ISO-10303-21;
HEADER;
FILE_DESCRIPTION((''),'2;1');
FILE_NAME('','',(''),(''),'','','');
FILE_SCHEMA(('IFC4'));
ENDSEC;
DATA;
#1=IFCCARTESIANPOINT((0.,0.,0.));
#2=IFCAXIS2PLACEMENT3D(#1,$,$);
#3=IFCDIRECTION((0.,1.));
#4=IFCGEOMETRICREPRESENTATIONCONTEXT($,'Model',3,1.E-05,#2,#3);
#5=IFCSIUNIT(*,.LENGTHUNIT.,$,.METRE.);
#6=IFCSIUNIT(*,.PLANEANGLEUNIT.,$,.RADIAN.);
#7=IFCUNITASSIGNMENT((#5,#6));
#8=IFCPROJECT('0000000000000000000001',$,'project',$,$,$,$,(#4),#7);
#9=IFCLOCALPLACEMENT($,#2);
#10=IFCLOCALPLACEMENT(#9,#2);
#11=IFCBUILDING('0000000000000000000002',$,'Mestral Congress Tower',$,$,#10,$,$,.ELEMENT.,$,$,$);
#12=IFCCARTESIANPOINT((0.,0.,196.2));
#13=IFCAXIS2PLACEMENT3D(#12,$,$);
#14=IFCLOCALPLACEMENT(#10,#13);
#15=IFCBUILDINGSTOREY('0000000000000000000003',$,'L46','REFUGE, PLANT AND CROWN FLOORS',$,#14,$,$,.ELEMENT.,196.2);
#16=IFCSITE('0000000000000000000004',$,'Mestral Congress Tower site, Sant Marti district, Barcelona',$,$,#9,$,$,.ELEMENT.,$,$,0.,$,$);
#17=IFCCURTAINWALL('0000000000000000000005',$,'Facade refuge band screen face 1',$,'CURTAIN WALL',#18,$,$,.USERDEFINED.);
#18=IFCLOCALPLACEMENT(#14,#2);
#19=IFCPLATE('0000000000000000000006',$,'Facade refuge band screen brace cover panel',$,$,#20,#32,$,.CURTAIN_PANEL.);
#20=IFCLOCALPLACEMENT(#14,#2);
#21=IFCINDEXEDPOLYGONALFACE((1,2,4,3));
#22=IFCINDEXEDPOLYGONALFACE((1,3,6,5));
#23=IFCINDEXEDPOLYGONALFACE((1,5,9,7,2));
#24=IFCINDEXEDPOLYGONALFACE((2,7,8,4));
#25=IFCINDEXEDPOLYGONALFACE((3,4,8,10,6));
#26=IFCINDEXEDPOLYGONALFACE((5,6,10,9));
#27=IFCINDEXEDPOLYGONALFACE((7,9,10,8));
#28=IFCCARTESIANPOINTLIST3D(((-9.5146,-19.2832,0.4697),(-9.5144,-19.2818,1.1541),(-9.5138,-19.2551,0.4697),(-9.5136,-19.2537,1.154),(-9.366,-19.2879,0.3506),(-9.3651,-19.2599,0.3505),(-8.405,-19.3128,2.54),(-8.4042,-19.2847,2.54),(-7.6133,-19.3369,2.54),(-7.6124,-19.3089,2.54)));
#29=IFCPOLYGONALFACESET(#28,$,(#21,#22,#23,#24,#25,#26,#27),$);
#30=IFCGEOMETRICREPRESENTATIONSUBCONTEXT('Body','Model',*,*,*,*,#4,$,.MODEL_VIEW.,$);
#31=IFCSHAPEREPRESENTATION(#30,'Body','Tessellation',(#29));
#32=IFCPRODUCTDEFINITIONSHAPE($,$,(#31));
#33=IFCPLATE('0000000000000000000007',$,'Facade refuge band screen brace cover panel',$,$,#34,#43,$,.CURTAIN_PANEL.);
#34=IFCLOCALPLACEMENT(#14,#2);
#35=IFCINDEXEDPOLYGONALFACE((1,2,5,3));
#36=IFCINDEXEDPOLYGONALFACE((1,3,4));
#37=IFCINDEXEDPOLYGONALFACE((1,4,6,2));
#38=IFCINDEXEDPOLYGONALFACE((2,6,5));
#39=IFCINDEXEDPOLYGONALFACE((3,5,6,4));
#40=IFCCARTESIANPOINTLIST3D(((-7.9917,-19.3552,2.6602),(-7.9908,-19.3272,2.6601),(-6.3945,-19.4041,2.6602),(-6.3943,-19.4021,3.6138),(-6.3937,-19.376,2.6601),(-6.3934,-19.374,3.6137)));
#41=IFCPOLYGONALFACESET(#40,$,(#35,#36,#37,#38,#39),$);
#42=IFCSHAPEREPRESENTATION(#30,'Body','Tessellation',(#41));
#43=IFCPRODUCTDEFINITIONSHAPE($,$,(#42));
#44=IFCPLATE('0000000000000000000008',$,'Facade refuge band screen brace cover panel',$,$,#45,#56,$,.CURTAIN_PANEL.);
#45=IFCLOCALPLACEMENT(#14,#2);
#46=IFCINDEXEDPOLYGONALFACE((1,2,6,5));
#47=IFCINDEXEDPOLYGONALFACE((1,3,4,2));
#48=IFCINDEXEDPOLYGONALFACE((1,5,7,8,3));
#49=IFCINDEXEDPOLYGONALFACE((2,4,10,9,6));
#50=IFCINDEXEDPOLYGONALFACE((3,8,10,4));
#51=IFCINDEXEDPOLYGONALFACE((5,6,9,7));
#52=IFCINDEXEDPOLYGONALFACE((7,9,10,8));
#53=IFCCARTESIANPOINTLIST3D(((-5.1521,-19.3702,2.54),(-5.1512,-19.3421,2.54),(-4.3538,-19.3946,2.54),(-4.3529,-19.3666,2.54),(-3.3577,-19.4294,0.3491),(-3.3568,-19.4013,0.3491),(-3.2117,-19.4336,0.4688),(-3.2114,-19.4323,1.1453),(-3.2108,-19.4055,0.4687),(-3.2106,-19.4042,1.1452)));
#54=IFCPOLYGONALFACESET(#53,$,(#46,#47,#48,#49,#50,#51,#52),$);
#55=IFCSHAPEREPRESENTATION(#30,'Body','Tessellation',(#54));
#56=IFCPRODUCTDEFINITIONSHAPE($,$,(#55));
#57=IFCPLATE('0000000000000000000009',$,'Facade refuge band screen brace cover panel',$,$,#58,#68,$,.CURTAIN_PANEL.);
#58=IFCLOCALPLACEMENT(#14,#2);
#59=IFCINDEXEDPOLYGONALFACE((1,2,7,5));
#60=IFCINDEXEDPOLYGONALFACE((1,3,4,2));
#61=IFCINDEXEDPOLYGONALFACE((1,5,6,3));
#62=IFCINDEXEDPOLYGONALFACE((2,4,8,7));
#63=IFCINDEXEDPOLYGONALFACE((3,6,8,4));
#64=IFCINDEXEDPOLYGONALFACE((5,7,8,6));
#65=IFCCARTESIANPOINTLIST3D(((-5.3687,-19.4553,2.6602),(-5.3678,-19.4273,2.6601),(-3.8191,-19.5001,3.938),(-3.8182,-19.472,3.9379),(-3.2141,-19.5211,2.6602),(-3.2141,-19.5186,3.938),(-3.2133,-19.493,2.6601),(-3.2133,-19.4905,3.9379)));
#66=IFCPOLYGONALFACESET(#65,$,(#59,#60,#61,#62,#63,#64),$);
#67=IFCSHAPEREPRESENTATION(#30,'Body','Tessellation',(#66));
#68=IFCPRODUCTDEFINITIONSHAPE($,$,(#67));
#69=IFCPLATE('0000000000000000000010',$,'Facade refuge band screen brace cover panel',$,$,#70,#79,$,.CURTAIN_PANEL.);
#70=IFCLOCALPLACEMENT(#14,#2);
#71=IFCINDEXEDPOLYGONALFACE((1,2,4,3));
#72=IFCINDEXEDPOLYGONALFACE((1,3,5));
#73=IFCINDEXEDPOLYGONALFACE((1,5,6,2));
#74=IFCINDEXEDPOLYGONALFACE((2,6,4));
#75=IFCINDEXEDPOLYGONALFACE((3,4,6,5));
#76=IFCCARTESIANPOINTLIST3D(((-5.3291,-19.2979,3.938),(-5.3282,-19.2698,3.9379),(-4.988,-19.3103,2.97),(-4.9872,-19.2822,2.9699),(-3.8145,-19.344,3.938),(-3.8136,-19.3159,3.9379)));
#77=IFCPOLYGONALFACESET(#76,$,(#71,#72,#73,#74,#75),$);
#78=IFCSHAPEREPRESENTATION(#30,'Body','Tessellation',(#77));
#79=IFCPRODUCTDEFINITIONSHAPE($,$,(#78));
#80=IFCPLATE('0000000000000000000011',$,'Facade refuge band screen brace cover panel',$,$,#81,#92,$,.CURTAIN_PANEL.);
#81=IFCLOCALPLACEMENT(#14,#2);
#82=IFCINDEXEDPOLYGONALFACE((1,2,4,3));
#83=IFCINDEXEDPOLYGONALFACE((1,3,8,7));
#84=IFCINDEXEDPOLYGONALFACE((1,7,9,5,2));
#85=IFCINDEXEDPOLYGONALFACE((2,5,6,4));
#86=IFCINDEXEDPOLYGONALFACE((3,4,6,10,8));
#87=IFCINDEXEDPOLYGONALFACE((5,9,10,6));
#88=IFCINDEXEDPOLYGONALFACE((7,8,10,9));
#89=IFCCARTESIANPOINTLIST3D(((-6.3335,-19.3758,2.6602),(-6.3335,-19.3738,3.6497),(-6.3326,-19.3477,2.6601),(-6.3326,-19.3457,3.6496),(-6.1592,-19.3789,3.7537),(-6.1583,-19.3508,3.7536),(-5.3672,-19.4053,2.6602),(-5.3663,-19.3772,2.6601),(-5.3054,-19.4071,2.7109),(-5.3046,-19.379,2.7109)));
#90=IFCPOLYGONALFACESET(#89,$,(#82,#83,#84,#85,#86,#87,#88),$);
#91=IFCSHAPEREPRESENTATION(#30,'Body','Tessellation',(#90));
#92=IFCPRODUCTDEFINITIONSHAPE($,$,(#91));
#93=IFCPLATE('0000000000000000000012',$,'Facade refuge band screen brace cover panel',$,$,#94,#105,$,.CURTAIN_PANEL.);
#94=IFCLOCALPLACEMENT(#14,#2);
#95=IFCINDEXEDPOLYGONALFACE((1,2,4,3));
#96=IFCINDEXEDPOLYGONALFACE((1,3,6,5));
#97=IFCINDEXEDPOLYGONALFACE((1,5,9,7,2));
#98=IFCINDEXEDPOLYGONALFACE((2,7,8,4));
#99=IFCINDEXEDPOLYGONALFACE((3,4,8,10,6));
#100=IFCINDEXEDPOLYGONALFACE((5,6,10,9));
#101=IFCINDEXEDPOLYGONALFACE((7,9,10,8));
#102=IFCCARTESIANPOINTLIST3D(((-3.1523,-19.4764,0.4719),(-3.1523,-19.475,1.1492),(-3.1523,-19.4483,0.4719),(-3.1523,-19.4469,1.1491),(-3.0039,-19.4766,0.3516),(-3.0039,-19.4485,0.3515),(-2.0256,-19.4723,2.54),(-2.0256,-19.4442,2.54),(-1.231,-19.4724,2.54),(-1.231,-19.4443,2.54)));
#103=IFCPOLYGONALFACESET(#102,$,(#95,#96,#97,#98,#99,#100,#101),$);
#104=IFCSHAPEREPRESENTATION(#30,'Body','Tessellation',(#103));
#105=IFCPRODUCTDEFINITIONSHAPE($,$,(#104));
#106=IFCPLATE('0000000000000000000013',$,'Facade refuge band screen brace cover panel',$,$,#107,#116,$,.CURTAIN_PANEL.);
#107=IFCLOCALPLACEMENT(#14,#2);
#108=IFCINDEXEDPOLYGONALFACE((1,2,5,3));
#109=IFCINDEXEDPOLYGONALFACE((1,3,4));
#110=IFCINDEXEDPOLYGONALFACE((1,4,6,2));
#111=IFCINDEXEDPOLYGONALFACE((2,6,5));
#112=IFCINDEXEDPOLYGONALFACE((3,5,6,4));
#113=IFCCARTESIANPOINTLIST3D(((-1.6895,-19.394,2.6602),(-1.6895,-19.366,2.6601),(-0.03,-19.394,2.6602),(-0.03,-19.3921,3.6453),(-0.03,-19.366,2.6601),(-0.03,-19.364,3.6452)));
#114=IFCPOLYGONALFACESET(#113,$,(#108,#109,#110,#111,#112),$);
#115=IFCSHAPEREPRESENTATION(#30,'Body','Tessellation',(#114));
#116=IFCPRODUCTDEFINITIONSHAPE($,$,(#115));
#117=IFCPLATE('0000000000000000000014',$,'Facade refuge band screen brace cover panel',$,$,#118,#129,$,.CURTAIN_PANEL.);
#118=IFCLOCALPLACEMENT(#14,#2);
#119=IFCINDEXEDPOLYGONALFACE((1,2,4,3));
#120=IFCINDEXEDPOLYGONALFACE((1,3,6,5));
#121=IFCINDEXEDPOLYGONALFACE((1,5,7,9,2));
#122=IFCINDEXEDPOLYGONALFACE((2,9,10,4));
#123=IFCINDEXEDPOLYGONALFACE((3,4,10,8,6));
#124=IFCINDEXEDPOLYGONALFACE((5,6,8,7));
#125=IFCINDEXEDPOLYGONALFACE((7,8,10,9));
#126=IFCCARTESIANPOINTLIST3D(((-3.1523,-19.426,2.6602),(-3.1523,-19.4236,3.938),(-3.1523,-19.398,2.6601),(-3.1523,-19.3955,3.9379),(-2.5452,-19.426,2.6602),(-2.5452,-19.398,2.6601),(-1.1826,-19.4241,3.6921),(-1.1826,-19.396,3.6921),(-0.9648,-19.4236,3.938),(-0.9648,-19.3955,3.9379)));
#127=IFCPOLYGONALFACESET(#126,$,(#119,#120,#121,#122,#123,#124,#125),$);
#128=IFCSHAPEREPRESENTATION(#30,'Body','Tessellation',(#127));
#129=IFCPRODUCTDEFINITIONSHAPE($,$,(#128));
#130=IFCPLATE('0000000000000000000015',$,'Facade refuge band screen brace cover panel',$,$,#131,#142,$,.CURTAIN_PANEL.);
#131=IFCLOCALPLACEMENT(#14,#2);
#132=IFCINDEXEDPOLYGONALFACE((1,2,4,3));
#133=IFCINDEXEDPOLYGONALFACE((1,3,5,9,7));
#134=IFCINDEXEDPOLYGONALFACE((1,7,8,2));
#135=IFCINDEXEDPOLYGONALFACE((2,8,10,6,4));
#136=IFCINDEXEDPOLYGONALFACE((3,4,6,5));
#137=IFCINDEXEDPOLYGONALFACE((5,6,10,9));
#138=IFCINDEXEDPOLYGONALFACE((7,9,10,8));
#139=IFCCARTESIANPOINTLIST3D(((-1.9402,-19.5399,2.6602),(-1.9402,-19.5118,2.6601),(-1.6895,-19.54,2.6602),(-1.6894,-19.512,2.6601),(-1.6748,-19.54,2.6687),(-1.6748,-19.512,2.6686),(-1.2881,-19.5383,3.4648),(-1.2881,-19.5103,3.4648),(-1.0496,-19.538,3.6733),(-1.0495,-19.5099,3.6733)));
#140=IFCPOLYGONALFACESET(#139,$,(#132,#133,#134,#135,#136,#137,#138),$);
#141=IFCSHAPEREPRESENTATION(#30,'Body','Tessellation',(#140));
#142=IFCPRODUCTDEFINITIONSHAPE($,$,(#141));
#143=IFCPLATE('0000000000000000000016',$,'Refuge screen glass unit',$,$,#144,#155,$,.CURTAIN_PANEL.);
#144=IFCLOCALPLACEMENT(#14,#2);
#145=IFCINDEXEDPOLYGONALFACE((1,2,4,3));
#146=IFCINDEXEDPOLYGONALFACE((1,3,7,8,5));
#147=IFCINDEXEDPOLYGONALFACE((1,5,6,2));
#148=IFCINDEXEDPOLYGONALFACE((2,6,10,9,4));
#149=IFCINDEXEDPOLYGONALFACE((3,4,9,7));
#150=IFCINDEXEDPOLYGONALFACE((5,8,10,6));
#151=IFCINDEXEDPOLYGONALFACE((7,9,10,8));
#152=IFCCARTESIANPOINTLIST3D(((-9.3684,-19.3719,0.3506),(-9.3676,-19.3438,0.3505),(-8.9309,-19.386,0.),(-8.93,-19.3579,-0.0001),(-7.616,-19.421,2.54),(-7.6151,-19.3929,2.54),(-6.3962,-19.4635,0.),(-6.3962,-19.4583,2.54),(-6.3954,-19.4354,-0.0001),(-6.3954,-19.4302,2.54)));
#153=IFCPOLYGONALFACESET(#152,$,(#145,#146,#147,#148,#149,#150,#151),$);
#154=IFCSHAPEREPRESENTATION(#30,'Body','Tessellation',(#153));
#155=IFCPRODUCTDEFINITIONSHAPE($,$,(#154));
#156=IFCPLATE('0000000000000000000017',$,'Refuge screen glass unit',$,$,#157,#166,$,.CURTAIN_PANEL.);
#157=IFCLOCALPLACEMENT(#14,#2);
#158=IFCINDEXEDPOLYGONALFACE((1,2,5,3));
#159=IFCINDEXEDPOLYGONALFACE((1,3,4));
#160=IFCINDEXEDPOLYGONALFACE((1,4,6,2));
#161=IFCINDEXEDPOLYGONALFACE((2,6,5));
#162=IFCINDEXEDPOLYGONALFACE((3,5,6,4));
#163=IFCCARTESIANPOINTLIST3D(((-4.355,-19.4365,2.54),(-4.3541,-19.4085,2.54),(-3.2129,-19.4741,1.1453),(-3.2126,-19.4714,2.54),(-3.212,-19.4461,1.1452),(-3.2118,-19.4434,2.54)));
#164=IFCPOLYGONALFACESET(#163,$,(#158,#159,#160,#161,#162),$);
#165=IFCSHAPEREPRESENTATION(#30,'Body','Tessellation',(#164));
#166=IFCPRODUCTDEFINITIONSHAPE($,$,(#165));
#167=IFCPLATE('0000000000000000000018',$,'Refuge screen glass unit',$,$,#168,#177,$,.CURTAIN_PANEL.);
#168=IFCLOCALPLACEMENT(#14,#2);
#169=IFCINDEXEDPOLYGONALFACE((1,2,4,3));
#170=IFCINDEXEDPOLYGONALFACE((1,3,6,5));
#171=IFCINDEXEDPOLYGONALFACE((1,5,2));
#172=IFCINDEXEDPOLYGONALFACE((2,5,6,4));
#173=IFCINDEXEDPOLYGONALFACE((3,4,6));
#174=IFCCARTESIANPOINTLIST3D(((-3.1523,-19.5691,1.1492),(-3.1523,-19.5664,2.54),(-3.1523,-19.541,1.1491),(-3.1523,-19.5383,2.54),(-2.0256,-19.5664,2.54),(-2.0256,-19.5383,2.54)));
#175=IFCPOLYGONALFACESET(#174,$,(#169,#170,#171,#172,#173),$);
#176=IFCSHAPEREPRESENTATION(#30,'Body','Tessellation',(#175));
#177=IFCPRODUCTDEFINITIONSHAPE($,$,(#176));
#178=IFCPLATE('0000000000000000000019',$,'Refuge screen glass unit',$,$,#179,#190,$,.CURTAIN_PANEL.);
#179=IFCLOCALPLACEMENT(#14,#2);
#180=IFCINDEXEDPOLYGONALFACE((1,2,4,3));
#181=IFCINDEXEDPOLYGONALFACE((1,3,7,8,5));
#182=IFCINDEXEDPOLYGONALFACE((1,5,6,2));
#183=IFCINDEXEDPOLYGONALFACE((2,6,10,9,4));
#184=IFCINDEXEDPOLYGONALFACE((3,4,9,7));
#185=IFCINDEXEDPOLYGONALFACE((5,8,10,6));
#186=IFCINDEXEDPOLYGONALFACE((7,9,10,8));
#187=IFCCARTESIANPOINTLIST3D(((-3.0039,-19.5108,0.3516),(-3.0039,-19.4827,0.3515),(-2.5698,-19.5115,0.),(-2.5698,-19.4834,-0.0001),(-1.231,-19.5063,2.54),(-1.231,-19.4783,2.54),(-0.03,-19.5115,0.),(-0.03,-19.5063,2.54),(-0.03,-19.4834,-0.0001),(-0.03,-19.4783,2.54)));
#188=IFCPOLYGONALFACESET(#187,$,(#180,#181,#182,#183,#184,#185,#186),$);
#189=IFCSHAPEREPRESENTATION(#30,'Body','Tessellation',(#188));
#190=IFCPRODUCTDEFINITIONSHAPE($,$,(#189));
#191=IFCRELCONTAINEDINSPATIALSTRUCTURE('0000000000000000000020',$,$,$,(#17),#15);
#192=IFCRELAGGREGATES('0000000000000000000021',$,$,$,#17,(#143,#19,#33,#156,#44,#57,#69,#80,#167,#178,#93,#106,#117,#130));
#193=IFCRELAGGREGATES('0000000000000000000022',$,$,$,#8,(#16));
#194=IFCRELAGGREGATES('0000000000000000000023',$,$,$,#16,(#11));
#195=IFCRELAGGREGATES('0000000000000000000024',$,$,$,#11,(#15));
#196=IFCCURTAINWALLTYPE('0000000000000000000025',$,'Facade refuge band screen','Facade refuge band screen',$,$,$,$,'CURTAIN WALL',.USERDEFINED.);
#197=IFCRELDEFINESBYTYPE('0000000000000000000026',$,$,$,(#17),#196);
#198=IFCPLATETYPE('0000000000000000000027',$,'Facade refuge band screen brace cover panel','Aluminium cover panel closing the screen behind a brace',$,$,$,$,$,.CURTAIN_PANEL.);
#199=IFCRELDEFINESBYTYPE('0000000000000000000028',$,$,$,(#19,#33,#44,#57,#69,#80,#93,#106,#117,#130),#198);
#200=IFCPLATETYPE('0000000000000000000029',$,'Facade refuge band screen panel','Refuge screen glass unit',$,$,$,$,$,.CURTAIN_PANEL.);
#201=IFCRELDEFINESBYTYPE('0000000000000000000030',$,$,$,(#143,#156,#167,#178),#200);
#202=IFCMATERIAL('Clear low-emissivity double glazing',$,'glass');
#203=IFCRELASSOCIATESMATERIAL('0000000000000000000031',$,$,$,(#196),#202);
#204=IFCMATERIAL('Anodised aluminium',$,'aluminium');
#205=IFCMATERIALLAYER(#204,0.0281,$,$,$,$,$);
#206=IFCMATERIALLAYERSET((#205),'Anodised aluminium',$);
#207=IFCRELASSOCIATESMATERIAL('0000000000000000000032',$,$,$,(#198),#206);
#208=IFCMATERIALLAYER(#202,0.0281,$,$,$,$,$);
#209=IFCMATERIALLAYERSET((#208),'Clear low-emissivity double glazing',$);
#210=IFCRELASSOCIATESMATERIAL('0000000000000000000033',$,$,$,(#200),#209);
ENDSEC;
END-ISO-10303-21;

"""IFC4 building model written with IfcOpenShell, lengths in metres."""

from ifc_helpers import new_model, si_unit, direction, frame, origin, place, context, subcontext, project, spatial, polyline, outline, extrude, material, layer, layer_set, type_object, element, aggregate, save


model = new_model("IFC4")

# Units and contexts
model_context = context("Model", 3, precision=1e-05, world=origin(), true_north=direction((0.0, 1.0)))
body_context = subcontext(model_context, "Body", "Model", "MODEL_VIEW")
ifc_project = project(units=[si_unit("LENGTHUNIT", "METRE"), si_unit("PLANEANGLEUNIT", "RADIAN")], contexts=[model_context])

# Site, building, storey
site_placement = place(None, origin())
site = spatial("IfcSite", under=ifc_project, at=site_placement, Name="Mestral Congress Tower site, Sant Marti district, Barcelona", CompositionType="ELEMENT", RefElevation=0.0)
building_placement = place(site_placement, origin())
building = spatial("IfcBuilding", under=site, at=building_placement, Name="Mestral Congress Tower", CompositionType="ELEMENT")
storey_placement = place(building_placement, frame((0.0, 0.0, 196.2)))
storey = spatial("IfcBuildingStorey", under=building, at=storey_placement, Name="L46", Description="REFUGE, PLANT AND CROWN FLOORS", CompositionType="ELEMENT", Elevation=196.2)

# Curtain wall
ifc_material_1 = material(Name="Clear low-emissivity double glazing", Category="glass")
curtain_wall_type = type_object("IfcCurtainWallType", Name="Facade refuge band screen", Description="Facade refuge band screen", ElementType="CURTAIN WALL", PredefinedType="USERDEFINED", material=ifc_material_1)
curtain_wall_placement = place(storey_placement, origin())
curtain_wall = element("IfcCurtainWall", 1, at=curtain_wall_placement, inside=storey, type_object=curtain_wall_type, Name="Facade refuge band screen face 1", ObjectType="CURTAIN WALL", PredefinedType="USERDEFINED")
ifc_material_2 = material(Name="Anodised aluminium", Category="aluminium")

# Plates
ifc_layer_1 = layer(ifc_material_2, 0.0281)
ifc_layer_set_1 = layer_set([ifc_layer_1], Name="Anodised aluminium")
plate_type_1 = type_object("IfcPlateType", Name="Facade refuge band screen brace cover panel", Description="Aluminium cover panel closing the screen behind a brace", PredefinedType="CURTAIN_PANEL", material=ifc_layer_set_1)
plate_1_placement = place(storey_placement, frame((-7.6133, -19.3369, 2.54), z_axis=(-0.030436, -0.999535, 0.00201), x_axis=(-0.624845, 0.017457, -0.780554)))
plate_1 = element("IfcPlate", 2, at=plate_1_placement, type_object=plate_type_1, Name="Facade refuge band screen brace cover panel", PredefinedType="CURTAIN_PANEL", context=body_context, shape_type="SweptSolid", body=[
    extrude(outline(polyline([(0.0, 0.0), (2.805, 0.0), (2.805, -0.1906), (2.2707, -0.6182), (0.4951, -0.6183), (0.0, 0.0)])), origin(), (0.0, 0.0, -1.0), 0.0281),
])
plate_2_placement = place(storey_placement, frame((-7.9917, -19.3552, 2.6602), z_axis=(-0.030557, -0.999531, 0.002055), x_axis=(0.858365, -0.025188, 0.512421)))
plate_2 = element("IfcPlate", 3, at=plate_2_placement, type_object=plate_type_1, Name="Facade refuge band screen brace cover panel", PredefinedType="CURTAIN_PANEL", context=body_context, shape_type="SweptSolid", body=[
    extrude(outline(polyline([(0.0, 0.0), (1.861, 0.0), (1.3722, -0.8188), (0.0, 0.0)])), origin(), (0.0, 0.0, -1.0), 0.0281),
])
plate_3_placement = place(storey_placement, frame((-3.2117, -19.4336, 0.4688), z_axis=(-0.0306, -0.99953, 0.001932), x_axis=(-0.773312, 0.022449, -0.633628)))
plate_3 = element("IfcPlate", 4, at=plate_3_placement, type_object=plate_type_1, Name="Facade refuge band screen brace cover panel", PredefinedType="CURTAIN_PANEL", context=body_context, shape_type="SweptSolid", body=[
    extrude(outline(polyline([(0.0, 0.0), (0.1888, 0.0), (0.1896, -2.8326), (-0.4284, -2.3265), (-0.4288, -0.5233), (0.0, 0.0)])), origin(), (0.0, 0.0, -1.0), 0.0281),
])
plate_4_placement = place(storey_placement, frame((-3.2141, -19.5186, 3.938), z_axis=(-0.030509, -0.999533, 0.001979), x_axis=(-0.000002, -0.00198, -0.999998)))
plate_4 = element("IfcPlate", 5, at=plate_4_placement, type_object=plate_type_1, Name="Facade refuge band screen brace cover panel", PredefinedType="CURTAIN_PANEL", context=body_context, shape_type="SweptSolid", body=[
    extrude(outline(polyline([(0.0, 0.0), (1.2778, 0.0), (1.2777, -2.1555), (0.0, -0.6053), (0.0, 0.0)])), origin(), (0.0, 0.0, -1.0), 0.0281),
])
plate_5_placement = place(storey_placement, frame((-3.8145, -19.344, 3.938), z_axis=(-0.03045, -0.999534, 0.002128), x_axis=(-0.771245, 0.022141, -0.636153)))
plate_5 = element("IfcPlate", 6, at=plate_5_placement, type_object=plate_type_1, Name="Facade refuge band screen brace cover panel", PredefinedType="CURTAIN_PANEL", context=body_context, shape_type="SweptSolid", body=[
    extrude(outline(polyline([(0.0, 0.0), (1.5217, 0.0), (1.1692, -0.964), (0.0, 0.0)])), origin(), (0.0, 0.0, -1.0), 0.0281),
])
plate_6_placement = place(storey_placement, frame((-5.3672, -19.4053, 2.6602), z_axis=(-0.030494, -0.999533, 0.002017), x_axis=(-0.999535, 0.030494, 0.0)))
plate_6 = element("IfcPlate", 7, at=plate_6_placement, type_object=plate_type_1, Name="Facade refuge band screen brace cover panel", PredefinedType="CURTAIN_PANEL", context=body_context, shape_type="SweptSolid", body=[
    extrude(outline(polyline([(0.0, 0.0), (0.9668, 0.0), (0.9668, -0.9895), (0.7924, -1.0935), (-0.0618, -0.0508), (0.0, 0.0)])), origin(), (0.0, 0.0, -1.0), 0.0281),
])
plate_7_placement = place(storey_placement, frame((-1.231, -19.4724, 2.54), z_axis=(-0.000142, -0.999998, 0.002037), x_axis=(-0.629482, -0.001493, -0.777014)))
plate_7 = element("IfcPlate", 8, at=plate_7_placement, type_object=plate_type_1, Name="Facade refuge band screen brace cover panel", PredefinedType="CURTAIN_PANEL", context=body_context, shape_type="SweptSolid", body=[
    extrude(outline(polyline([(0.0, 0.0), (2.8165, 0.0), (2.8164, -0.1911), (2.2902, -0.6174), (0.5002, -0.6175), (0.0, 0.0)])), origin(), (0.0, 0.0, -1.0), 0.0281),
])
plate_8_placement = place(storey_placement, frame((-1.6895, -19.394, 2.6602), z_axis=(0.0, -0.999998, 0.001983), x_axis=(0.859894, 0.001012, 0.510471)))
plate_8 = element("IfcPlate", 9, at=plate_8_placement, type_object=plate_type_1, Name="Facade refuge band screen brace cover panel", PredefinedType="CURTAIN_PANEL", context=body_context, shape_type="SweptSolid", body=[
    extrude(outline(polyline([(0.0, 0.0), (1.9298, 0.0), (1.4269, -0.8471), (0.0, 0.0)])), origin(), (0.0, 0.0, -1.0), 0.0281),
])
plate_9_placement = place(storey_placement, frame((-1.1826, -19.4241, 3.6921), z_axis=(-0.000006, -0.999998, 0.001919), x_axis=(-0.797162, -0.001153, -0.603764)))
plate_9 = element("IfcPlate", 10, at=plate_9_placement, type_object=plate_type_1, Name="Facade refuge band screen brace cover panel", PredefinedType="CURTAIN_PANEL", context=body_context, shape_type="SweptSolid", body=[
    extrude(outline(polyline([(0.0, 0.0), (1.7092, 0.0), (2.1933, -0.3666), (1.4218, -1.3852), (-0.322, -0.0645), (0.0, 0.0)])), origin(), (0.0, 0.0, -1.0), 0.0281),
])
plate_10_placement = place(storey_placement, frame((-1.2881, -19.5383, 3.4648), z_axis=(-0.000553, -0.999997, 0.002401), x_axis=(0.752911, 0.001164, 0.658122)))
plate_10 = element("IfcPlate", 11, at=plate_10_placement, type_object=plate_type_1, Name="Facade refuge band screen brace cover panel", PredefinedType="CURTAIN_PANEL", context=body_context, shape_type="SweptSolid", body=[
    extrude(outline(polyline([(0.0, 0.0), (0.3168, 0.0), (-0.8151, -0.3449), (-0.8318, -0.3417), (-1.0206, -0.1767), (0.0, 0.0)])), origin(), (0.0, 0.0, -1.0), 0.0281),
])
ifc_layer_2 = layer(ifc_material_1, 0.0281)
ifc_layer_set_2 = layer_set([ifc_layer_2], Name="Clear low-emissivity double glazing")
plate_type_2 = type_object("IfcPlateType", Name="Facade refuge band screen panel", Description="Refuge screen glass unit", PredefinedType="CURTAIN_PANEL", material=ifc_layer_set_2)
plate_11_placement = place(storey_placement, frame((-6.3962, -19.4583, 2.54), z_axis=(-0.030563, -0.999531, 0.002058), x_axis=(-0.000001, -0.002059, -0.999998)))
plate_11 = element("IfcPlate", 12, at=plate_11_placement, type_object=plate_type_2, Name="Refuge screen glass unit", PredefinedType="CURTAIN_PANEL", context=body_context, shape_type="SweptSolid", body=[
    extrude(outline(polyline([(0.0, 0.0), (2.54, 0.0), (2.5399, -2.5358), (2.1893, -2.9736), (-0.0001, -1.2203), (0.0, 0.0)])), origin(), (0.0, 0.0, -1.0), 0.0281),
])
plate_12_placement = place(storey_placement, frame((-3.2126, -19.4714, 2.54), z_axis=(-0.030548, -0.999531, 0.00193), x_axis=(-0.000175, -0.001925, -0.999998)))
plate_12 = element("IfcPlate", 13, at=plate_12_placement, type_object=plate_type_2, Name="Refuge screen glass unit", PredefinedType="CURTAIN_PANEL", context=body_context, shape_type="SweptSolid", body=[
    extrude(outline(polyline([(0.0, 0.0), (1.3948, 0.0), (0.0001, -1.1429), (0.0, 0.0)])), origin(), (0.0, 0.0, -1.0), 0.0281),
])
plate_13_placement = place(storey_placement, frame((-3.1523, -19.5664, 2.54), z_axis=(0.0, -0.999998, 0.001931), x_axis=(1.0, 0.0, 0.0)))
plate_13 = element("IfcPlate", 14, at=plate_13_placement, type_object=plate_type_2, Name="Refuge screen glass unit", PredefinedType="CURTAIN_PANEL", context=body_context, shape_type="SweptSolid", body=[
    extrude(outline(polyline([(0.0, 0.0), (1.1267, 0.0), (0.0, -1.3909), (0.0, 0.0)])), origin(), (0.0, 0.0, -1.0), 0.0281),
])
plate_14_placement = place(storey_placement, frame((-0.03, -19.5063, 2.54), z_axis=(-0.000005, -0.999998, 0.002021), x_axis=(0.0, -0.002021, -0.999998)))
plate_14 = element("IfcPlate", 15, at=plate_14_placement, type_object=plate_type_2, Name="Refuge screen glass unit", PredefinedType="CURTAIN_PANEL", context=body_context, shape_type="SweptSolid", body=[
    extrude(outline(polyline([(0.0, 0.0), (2.54, 0.0), (2.54, -2.5398), (2.1885, -2.9739), (0.0, -1.2009), (0.0, 0.0)])), origin(), (0.0, 0.0, -1.0), 0.0281),
])

aggregate(curtain_wall, [plate_11, plate_1, plate_2, plate_12, plate_3, plate_4, plate_5, plate_6, plate_13, plate_14, plate_7, plate_8, plate_9, plate_10])

save(model, "model.ifc")
